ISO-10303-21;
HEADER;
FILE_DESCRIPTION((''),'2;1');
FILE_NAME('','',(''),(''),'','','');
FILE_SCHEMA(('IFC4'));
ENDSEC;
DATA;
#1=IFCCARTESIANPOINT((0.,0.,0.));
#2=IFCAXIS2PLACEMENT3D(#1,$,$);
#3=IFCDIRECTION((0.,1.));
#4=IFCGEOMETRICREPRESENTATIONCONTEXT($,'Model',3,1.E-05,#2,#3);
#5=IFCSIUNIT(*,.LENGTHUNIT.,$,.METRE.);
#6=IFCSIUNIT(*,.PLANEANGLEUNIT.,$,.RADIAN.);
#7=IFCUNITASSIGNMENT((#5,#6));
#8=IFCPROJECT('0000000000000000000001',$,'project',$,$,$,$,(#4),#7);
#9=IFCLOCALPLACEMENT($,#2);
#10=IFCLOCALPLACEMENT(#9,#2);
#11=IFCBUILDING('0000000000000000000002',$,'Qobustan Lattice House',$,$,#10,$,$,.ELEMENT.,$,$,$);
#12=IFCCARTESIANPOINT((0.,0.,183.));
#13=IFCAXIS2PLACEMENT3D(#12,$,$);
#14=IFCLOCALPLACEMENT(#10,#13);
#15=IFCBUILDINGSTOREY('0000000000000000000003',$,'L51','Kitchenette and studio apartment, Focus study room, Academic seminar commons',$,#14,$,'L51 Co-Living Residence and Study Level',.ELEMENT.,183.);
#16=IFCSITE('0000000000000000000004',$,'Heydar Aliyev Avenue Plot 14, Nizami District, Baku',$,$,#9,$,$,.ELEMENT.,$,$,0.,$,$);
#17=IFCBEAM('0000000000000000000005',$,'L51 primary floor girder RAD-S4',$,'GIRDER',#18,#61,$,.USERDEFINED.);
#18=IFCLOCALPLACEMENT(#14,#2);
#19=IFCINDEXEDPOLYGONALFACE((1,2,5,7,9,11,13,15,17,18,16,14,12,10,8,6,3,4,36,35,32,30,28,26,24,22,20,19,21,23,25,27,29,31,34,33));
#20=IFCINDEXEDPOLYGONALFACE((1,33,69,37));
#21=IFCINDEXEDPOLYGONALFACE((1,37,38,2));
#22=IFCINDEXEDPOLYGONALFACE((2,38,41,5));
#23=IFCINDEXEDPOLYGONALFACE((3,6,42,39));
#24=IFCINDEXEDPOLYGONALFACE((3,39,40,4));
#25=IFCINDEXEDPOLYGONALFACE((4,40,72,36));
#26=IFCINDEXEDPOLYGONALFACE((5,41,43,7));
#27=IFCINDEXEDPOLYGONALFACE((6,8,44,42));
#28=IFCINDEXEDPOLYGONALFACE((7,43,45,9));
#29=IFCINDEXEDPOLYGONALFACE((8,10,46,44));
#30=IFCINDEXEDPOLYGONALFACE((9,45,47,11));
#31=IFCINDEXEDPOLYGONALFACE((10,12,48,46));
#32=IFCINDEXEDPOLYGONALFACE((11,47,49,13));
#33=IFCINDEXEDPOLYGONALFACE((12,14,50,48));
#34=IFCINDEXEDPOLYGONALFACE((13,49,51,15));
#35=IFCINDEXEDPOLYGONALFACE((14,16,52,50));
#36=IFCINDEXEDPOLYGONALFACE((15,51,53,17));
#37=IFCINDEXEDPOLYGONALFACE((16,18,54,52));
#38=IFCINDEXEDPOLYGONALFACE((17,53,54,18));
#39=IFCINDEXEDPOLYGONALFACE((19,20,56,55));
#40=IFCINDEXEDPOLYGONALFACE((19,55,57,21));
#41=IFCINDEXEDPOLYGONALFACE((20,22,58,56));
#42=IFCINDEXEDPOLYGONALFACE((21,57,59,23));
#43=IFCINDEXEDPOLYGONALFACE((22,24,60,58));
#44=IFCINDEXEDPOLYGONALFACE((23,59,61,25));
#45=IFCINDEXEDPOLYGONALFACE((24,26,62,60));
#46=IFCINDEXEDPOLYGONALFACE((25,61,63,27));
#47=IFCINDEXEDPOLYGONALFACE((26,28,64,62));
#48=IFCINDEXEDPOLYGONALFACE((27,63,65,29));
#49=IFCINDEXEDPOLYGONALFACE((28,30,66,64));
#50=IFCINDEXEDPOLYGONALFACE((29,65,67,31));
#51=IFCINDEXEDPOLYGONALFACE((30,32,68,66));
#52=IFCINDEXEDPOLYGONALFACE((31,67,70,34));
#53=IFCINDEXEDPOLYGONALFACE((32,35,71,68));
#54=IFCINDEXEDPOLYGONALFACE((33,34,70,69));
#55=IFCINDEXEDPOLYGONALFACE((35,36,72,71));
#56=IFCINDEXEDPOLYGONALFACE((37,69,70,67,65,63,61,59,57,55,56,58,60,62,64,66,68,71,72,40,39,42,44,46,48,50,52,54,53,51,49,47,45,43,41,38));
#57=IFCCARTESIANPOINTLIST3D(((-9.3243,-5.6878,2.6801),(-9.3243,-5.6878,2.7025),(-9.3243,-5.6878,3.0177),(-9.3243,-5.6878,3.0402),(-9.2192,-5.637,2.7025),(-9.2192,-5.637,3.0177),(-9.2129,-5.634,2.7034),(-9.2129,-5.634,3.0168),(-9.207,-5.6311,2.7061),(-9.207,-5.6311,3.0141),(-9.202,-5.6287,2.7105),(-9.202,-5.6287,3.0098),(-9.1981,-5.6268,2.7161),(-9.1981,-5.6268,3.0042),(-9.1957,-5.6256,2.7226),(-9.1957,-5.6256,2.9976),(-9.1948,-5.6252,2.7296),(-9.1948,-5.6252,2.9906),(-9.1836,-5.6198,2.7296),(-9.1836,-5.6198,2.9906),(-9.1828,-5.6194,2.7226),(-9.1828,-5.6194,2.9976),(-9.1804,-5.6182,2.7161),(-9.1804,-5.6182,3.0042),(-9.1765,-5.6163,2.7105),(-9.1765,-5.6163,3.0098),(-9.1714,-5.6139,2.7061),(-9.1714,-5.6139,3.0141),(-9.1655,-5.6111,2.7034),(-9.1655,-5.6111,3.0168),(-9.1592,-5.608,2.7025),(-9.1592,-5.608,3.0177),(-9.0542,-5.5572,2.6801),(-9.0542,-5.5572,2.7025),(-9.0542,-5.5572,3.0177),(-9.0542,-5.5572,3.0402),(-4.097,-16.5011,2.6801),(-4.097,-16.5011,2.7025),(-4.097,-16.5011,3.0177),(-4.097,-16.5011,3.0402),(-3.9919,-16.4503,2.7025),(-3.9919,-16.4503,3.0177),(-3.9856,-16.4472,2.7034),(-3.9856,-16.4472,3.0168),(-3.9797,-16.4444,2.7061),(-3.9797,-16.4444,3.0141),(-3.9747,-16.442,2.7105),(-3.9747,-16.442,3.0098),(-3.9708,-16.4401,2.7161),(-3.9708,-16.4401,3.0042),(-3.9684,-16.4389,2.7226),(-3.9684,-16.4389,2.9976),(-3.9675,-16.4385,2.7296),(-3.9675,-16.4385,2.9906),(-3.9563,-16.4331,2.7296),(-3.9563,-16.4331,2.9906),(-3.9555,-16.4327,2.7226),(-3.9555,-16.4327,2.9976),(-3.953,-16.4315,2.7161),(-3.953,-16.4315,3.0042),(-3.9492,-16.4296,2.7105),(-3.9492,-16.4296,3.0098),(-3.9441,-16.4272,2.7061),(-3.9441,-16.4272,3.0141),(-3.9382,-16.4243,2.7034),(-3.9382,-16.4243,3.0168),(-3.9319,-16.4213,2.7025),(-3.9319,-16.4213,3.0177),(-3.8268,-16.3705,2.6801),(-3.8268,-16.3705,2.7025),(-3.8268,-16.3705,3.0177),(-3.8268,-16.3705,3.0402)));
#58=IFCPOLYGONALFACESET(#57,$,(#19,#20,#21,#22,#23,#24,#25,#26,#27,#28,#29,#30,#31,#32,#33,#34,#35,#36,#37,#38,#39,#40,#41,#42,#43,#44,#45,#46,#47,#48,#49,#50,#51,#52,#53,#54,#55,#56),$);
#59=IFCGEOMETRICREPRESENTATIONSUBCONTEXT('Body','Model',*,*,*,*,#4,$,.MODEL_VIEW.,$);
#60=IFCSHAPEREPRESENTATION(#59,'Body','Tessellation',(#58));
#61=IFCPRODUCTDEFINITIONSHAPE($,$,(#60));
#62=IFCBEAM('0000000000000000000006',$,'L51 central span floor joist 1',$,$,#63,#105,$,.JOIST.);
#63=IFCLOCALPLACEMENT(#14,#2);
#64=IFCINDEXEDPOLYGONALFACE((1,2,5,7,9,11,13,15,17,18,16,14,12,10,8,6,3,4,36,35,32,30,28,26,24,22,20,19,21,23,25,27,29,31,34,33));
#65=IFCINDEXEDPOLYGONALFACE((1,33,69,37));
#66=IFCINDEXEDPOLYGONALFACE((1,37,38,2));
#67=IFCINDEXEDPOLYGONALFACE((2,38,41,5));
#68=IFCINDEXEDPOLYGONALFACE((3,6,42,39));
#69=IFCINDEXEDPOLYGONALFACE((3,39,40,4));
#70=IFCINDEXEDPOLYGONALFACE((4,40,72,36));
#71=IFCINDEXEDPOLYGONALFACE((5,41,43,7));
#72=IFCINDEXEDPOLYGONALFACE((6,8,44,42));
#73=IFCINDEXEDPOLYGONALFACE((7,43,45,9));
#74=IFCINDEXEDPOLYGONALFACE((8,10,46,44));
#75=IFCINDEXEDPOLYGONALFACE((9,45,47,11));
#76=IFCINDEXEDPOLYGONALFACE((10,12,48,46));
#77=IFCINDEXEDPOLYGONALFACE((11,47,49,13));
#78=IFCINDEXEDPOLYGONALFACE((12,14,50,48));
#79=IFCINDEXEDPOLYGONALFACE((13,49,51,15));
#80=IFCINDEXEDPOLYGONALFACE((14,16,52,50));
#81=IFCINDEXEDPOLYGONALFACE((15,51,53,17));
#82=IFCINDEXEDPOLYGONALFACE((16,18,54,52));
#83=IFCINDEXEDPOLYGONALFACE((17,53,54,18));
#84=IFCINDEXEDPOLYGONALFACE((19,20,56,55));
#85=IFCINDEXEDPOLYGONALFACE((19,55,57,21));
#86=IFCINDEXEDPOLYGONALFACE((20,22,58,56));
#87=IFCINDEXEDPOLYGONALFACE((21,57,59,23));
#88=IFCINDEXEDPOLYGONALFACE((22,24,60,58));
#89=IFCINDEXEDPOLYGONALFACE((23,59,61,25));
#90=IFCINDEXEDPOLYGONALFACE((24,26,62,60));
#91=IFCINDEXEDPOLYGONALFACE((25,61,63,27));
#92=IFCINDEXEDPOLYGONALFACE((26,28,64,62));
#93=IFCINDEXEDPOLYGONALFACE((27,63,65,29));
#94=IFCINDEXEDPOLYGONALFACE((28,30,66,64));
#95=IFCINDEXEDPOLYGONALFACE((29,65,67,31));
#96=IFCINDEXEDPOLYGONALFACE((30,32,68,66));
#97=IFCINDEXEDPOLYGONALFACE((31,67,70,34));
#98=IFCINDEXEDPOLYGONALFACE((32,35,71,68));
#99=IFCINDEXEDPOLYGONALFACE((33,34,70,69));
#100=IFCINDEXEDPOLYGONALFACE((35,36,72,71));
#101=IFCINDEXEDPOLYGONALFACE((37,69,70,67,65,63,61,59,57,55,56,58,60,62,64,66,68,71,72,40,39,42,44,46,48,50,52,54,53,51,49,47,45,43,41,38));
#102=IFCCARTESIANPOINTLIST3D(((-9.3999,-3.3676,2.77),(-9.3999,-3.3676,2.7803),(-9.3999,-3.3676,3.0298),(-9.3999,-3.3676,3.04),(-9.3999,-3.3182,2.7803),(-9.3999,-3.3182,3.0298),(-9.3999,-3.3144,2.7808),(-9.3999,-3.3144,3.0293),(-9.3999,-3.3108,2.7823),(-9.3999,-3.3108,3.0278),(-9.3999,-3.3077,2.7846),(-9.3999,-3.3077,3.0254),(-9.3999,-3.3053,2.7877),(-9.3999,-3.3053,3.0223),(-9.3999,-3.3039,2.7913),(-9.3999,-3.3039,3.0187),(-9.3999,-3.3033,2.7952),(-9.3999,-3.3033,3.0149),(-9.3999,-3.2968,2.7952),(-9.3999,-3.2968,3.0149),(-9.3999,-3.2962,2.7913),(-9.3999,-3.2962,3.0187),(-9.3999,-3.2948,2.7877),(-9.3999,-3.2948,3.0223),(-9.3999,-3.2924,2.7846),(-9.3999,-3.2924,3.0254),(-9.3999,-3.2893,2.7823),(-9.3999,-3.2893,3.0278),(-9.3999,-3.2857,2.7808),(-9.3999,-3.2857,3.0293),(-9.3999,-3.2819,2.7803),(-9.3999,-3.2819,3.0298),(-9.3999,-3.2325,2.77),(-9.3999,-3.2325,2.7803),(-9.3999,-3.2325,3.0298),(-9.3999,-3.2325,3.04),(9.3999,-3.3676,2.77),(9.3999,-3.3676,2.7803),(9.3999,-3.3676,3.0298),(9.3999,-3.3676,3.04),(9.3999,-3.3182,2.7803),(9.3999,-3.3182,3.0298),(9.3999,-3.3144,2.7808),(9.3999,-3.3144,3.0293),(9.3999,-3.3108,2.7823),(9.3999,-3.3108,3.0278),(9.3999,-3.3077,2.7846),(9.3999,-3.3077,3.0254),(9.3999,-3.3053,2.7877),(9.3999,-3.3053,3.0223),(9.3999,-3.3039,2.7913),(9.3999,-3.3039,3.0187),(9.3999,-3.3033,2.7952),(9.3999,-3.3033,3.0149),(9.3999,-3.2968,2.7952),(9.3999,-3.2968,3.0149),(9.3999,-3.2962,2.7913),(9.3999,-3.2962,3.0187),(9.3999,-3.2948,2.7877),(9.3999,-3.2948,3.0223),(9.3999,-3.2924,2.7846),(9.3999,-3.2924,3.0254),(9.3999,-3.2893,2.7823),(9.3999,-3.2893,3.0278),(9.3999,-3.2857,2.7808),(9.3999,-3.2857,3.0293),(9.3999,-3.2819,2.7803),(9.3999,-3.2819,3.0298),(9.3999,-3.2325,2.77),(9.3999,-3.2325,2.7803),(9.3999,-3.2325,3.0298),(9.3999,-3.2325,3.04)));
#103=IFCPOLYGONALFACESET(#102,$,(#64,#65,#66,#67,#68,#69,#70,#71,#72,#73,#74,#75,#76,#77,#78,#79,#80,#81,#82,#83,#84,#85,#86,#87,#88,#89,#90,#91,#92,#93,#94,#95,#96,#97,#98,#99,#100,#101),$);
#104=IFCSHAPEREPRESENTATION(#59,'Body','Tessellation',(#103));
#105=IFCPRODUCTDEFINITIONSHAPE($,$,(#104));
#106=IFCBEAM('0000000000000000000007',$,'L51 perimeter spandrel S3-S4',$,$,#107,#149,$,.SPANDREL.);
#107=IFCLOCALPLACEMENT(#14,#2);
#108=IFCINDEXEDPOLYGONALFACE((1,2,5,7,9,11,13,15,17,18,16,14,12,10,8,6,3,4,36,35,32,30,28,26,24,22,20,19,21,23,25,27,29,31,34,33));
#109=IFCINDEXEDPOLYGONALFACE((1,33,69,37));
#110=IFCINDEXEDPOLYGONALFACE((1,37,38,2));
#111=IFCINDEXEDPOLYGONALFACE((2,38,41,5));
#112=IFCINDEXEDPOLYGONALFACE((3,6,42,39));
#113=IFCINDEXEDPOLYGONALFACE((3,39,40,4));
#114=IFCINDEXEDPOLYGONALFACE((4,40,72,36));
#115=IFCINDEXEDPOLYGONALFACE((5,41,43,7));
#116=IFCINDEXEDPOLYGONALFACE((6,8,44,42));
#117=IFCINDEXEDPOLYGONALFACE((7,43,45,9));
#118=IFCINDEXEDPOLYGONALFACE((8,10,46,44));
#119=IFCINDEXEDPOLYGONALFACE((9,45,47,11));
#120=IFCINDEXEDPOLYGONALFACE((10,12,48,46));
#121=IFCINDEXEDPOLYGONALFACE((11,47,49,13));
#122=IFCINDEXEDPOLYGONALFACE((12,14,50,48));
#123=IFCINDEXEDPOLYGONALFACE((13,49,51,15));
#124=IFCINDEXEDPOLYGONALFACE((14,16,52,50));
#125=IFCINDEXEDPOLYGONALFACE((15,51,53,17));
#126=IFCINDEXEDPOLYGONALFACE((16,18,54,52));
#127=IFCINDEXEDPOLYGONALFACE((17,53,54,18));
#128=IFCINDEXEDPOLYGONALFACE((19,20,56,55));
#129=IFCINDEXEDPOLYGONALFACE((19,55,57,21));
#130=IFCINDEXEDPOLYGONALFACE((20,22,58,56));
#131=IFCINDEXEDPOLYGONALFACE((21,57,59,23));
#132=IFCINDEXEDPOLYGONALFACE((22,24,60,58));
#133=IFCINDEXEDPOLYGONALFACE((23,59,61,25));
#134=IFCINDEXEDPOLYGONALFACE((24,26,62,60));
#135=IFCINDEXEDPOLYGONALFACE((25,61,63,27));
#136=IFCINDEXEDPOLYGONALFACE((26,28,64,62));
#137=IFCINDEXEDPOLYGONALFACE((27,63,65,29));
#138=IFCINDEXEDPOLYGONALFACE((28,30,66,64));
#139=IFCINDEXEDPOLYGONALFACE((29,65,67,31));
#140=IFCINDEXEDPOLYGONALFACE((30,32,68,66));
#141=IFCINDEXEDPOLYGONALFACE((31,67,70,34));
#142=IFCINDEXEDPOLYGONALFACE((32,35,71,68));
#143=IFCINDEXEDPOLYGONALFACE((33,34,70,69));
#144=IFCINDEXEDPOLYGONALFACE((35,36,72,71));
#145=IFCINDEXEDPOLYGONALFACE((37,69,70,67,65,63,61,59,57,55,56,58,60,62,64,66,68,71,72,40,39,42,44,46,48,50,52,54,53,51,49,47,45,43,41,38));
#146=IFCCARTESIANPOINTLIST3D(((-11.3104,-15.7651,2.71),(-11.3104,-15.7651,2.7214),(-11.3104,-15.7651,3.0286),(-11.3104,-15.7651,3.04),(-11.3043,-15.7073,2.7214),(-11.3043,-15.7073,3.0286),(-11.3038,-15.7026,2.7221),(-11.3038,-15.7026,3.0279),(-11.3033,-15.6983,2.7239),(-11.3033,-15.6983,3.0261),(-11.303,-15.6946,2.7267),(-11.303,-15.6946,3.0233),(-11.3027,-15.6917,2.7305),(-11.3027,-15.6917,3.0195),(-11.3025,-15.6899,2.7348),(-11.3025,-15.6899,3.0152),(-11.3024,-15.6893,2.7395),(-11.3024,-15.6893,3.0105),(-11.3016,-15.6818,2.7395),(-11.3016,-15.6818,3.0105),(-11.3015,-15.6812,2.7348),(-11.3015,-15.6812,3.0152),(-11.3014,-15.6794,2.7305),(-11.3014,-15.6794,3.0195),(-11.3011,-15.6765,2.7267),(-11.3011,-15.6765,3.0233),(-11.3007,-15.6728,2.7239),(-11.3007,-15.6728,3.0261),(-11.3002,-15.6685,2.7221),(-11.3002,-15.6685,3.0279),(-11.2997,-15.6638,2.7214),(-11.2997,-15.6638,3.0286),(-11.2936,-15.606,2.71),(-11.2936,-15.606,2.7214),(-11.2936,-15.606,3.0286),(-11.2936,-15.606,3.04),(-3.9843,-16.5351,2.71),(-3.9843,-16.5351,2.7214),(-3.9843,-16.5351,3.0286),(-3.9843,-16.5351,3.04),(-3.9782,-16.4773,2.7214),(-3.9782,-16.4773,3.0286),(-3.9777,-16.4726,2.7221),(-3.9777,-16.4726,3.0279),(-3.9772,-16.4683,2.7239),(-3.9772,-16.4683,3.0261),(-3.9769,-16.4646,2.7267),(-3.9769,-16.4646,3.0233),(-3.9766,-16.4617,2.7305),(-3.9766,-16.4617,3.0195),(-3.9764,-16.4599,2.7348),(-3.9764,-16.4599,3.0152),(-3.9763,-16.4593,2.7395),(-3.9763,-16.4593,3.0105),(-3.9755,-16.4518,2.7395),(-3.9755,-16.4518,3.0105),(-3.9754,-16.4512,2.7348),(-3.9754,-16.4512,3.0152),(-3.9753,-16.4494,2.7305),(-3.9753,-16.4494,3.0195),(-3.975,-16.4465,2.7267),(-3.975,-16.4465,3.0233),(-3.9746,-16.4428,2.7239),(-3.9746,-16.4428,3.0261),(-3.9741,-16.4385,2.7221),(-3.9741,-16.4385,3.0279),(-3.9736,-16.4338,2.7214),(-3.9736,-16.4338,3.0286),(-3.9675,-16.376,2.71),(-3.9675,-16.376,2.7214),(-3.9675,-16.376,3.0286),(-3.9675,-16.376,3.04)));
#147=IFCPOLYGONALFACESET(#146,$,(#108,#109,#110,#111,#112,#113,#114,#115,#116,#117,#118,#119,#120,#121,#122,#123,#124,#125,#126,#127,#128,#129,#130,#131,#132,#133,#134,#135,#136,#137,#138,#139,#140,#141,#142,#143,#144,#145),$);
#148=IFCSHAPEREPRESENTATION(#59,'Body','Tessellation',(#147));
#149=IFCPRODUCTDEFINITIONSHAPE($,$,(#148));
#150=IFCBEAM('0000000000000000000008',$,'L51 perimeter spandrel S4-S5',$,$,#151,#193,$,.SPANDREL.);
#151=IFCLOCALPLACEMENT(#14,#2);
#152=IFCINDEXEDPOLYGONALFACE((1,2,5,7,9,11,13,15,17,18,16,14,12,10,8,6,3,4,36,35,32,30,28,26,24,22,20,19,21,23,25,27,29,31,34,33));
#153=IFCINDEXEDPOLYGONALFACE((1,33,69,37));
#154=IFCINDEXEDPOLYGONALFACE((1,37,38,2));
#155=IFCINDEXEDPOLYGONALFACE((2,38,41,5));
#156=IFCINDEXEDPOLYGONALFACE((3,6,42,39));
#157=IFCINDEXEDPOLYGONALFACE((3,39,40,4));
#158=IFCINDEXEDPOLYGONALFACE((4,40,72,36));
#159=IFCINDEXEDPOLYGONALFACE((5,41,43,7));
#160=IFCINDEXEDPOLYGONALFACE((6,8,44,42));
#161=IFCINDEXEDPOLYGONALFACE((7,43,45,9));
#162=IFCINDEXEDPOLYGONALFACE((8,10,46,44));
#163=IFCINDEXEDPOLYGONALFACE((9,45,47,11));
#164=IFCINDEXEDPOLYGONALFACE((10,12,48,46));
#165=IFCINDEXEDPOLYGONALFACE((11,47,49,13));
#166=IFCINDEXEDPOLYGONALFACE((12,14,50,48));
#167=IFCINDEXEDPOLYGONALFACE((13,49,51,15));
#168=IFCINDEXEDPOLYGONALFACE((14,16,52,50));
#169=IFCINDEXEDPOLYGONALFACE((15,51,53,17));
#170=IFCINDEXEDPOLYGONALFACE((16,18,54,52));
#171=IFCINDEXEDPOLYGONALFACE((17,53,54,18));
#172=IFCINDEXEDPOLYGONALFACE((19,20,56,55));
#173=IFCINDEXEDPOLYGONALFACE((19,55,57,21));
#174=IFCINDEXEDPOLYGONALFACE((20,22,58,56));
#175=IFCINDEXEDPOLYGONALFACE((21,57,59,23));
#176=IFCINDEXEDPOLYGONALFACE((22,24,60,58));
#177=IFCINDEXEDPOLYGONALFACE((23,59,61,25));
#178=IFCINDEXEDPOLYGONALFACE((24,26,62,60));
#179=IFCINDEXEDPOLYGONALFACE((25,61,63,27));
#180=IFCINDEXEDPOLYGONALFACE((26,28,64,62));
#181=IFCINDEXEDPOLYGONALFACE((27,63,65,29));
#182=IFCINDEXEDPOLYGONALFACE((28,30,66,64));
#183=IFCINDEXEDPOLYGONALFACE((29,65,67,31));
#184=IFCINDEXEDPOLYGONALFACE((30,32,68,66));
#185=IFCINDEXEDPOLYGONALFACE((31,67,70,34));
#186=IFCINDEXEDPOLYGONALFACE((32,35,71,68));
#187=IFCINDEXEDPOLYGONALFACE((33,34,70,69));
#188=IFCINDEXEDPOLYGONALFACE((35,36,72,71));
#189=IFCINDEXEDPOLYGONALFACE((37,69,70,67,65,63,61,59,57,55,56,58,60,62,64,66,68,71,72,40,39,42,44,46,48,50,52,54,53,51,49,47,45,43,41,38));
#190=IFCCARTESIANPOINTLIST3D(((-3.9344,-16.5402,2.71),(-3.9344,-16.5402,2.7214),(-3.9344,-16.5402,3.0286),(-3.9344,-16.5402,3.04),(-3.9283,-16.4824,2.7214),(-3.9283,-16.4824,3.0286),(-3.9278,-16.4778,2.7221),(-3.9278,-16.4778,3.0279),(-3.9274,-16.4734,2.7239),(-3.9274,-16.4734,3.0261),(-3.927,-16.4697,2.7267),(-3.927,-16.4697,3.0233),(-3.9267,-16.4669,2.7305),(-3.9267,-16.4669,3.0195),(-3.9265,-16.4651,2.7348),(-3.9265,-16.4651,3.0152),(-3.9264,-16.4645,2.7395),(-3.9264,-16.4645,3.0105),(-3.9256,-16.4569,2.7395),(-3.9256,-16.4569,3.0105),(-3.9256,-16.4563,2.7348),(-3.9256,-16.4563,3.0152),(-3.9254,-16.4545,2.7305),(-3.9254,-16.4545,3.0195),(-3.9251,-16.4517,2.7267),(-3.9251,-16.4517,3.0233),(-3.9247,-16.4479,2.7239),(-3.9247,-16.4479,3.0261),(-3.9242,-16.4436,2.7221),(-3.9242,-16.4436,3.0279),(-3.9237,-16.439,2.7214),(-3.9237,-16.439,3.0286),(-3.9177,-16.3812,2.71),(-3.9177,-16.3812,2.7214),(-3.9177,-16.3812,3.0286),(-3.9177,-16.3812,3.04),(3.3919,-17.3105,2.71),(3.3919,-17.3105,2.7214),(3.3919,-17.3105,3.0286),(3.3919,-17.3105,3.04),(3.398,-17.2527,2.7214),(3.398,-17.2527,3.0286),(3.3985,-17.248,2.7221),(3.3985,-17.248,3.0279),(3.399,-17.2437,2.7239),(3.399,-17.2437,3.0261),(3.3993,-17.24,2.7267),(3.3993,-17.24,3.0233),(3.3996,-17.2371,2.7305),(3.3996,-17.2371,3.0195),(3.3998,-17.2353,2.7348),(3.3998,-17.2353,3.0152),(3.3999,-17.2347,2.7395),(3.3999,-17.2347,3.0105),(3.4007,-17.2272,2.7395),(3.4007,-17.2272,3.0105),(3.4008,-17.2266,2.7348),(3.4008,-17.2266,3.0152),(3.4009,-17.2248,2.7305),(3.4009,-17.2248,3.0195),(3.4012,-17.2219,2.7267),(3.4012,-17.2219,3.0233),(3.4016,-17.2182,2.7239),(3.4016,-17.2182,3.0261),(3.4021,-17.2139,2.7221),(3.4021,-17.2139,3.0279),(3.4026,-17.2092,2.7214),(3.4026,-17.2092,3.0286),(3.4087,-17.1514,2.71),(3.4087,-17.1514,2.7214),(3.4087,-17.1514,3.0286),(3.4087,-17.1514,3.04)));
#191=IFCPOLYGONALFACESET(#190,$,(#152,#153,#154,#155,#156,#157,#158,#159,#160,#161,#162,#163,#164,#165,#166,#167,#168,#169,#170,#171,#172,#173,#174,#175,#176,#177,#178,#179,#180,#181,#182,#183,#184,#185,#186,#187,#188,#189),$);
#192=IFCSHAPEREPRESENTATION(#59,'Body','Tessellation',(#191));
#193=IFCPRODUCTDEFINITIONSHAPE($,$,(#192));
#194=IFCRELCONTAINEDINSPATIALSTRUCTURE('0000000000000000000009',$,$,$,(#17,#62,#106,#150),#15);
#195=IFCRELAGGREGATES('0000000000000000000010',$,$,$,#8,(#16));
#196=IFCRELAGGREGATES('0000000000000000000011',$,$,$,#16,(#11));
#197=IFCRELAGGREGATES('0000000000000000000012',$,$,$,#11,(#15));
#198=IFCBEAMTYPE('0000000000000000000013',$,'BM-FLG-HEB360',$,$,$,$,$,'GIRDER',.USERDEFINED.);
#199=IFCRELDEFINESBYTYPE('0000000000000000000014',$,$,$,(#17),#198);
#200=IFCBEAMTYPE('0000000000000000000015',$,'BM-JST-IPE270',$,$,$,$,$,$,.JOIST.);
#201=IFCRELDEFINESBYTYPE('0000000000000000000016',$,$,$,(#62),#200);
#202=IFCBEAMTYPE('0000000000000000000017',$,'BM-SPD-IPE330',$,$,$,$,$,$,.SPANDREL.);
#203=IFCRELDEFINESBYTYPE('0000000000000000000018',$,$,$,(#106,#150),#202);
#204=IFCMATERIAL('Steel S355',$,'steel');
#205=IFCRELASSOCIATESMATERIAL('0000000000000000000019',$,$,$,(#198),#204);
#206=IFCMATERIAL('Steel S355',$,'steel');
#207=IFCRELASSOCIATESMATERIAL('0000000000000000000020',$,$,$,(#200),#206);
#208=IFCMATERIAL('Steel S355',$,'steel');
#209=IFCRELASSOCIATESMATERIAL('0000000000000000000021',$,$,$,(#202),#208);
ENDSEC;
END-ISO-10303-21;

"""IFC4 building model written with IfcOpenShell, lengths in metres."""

from ifc_helpers import new_model, si_unit, direction, frame, origin, origin_2d, place, context, subcontext, project, spatial, i_section, extrude, material, material_profile, profile_set, type_object, element, save


model = new_model("IFC4")

# Units and contexts
model_context = context("Model", 3, precision=1e-05, world=origin(), true_north=direction((0.0, 1.0)))
body_context = subcontext(model_context, "Body", "Model", "MODEL_VIEW")
ifc_project = project(units=[si_unit("LENGTHUNIT", "METRE"), si_unit("PLANEANGLEUNIT", "RADIAN")], contexts=[model_context])

# Site, building, storey
site_placement = place(None, origin())
site = spatial("IfcSite", under=ifc_project, at=site_placement, Name="Heydar Aliyev Avenue Plot 14, Nizami District, Baku", CompositionType="ELEMENT", RefElevation=0.0)
building_placement = place(site_placement, origin())
building = spatial("IfcBuilding", under=site, at=building_placement, Name="Qobustan Lattice House", CompositionType="ELEMENT")
storey_placement = place(building_placement, frame((0.0, 0.0, 183.0)))
storey = spatial("IfcBuildingStorey", under=building, at=storey_placement, Name="L51", Description="Kitchenette and studio apartment, Focus study room, Academic seminar commons", LongName="L51 Co-Living Residence and Study Level", CompositionType="ELEMENT", Elevation=183.0)

# Beams
ifc_material_1 = material(Name="Steel S355", Category="steel")
ifc_material_profile_1 = material_profile(ifc_material_1, i_section(OverallWidth=0.3, OverallDepth=0.3601, WebThickness=0.0125, FlangeThickness=0.0225, FilletRadius=0.0271, at=origin_2d()), Name="HEB360")
ifc_profile_set_1 = profile_set([ifc_material_profile_1], Name="Steel S355")
beam_type_1 = type_object("IfcBeamType", Name="BM-FLG-HEB360", ElementType="GIRDER", PredefinedType="USERDEFINED", material=ifc_profile_set_1)
beam_1_placement = place(storey_placement, frame((-3.9619, -16.4358, 2.8601), z_axis=(-0.435229, 0.90032, 0.0), x_axis=(-0.90032, -0.435229, 0.0)))
element("IfcBeam", 1, at=beam_1_placement, inside=storey, type_object=beam_type_1, Name="L51 primary floor girder RAD-S4", ObjectType="GIRDER", PredefinedType="USERDEFINED", context=body_context, shape_type="SweptSolid", body=[
    extrude(i_section(OverallWidth=0.3, OverallDepth=0.3601, WebThickness=0.0125, FlangeThickness=0.0225, FilletRadius=0.0271, at=origin_2d()), origin(), (0.0, 0.0, 1.0), 12.0105),
])
ifc_material_2 = material(Name="Steel S355", Category="steel")
ifc_material_profile_2 = material_profile(ifc_material_2, i_section(OverallWidth=0.135, OverallDepth=0.27, WebThickness=0.0066, FlangeThickness=0.0103, FilletRadius=0.0149, at=origin_2d()), Name="IPE270")
ifc_profile_set_2 = profile_set([ifc_material_profile_2], Name="Steel S355")
beam_type_2 = type_object("IfcBeamType", Name="BM-JST-IPE270", PredefinedType="JOIST", material=ifc_profile_set_2)
beam_2_placement = place(storey_placement, frame((-9.3999, -3.3, 2.905), z_axis=(1.0, 0.0, 0.0), x_axis=(0.0, 1.0, 0.0)))
element("IfcBeam", 2, at=beam_2_placement, inside=storey, type_object=beam_type_2, Name="L51 central span floor joist 1", PredefinedType="JOIST", context=body_context, shape_type="SweptSolid", body=[
    extrude(i_section(OverallWidth=0.135, OverallDepth=0.27, WebThickness=0.0066, FlangeThickness=0.0103, FilletRadius=0.0149, at=origin_2d()), origin(), (0.0, 0.0, 1.0), 18.7998),
])
ifc_material_3 = material(Name="Steel S355", Category="steel")
ifc_material_profile_3 = material_profile(ifc_material_3, i_section(OverallWidth=0.1599, OverallDepth=0.3301, WebThickness=0.0076, FlangeThickness=0.0115, FilletRadius=0.0181, at=origin_2d()), Name="IPE330")
ifc_profile_set_3 = profile_set([ifc_material_profile_3], Name="Steel S355")
beam_type_3 = type_object("IfcBeamType", Name="BM-SPD-IPE330", PredefinedType="SPANDREL", material=ifc_profile_set_3)
beam_3_placement = place(storey_placement, frame((-11.302, -15.6855, 2.875), z_axis=(0.994522, -0.10453, 0.0), x_axis=(0.10453, 0.994522, 0.0)))
element("IfcBeam", 3, at=beam_3_placement, inside=storey, type_object=beam_type_3, Name="L51 perimeter spandrel S3-S4", PredefinedType="SPANDREL", context=body_context, shape_type="SweptSolid", body=[
    extrude(i_section(OverallWidth=0.1599, OverallDepth=0.3301, WebThickness=0.0076, FlangeThickness=0.0115, FilletRadius=0.0181, at=origin_2d()), origin(), (0.0, 0.0, 1.0), 7.3665),
])
beam_4_placement = place(storey_placement, frame((-3.926, -16.4607, 2.875), z_axis=(0.994519, -0.104559, 0.0), x_axis=(0.104559, 0.994519, 0.0)))
element("IfcBeam", 4, at=beam_4_placement, inside=storey, type_object=beam_type_3, Name="L51 perimeter spandrel S4-S5", PredefinedType="SPANDREL", context=body_context, shape_type="SweptSolid", body=[
    extrude(i_section(OverallWidth=0.1599, OverallDepth=0.3301, WebThickness=0.0076, FlangeThickness=0.0115, FilletRadius=0.0181, at=origin_2d()), origin(), (0.0, 0.0, 1.0), 7.3667),
])

save(model, "model.ifc")
